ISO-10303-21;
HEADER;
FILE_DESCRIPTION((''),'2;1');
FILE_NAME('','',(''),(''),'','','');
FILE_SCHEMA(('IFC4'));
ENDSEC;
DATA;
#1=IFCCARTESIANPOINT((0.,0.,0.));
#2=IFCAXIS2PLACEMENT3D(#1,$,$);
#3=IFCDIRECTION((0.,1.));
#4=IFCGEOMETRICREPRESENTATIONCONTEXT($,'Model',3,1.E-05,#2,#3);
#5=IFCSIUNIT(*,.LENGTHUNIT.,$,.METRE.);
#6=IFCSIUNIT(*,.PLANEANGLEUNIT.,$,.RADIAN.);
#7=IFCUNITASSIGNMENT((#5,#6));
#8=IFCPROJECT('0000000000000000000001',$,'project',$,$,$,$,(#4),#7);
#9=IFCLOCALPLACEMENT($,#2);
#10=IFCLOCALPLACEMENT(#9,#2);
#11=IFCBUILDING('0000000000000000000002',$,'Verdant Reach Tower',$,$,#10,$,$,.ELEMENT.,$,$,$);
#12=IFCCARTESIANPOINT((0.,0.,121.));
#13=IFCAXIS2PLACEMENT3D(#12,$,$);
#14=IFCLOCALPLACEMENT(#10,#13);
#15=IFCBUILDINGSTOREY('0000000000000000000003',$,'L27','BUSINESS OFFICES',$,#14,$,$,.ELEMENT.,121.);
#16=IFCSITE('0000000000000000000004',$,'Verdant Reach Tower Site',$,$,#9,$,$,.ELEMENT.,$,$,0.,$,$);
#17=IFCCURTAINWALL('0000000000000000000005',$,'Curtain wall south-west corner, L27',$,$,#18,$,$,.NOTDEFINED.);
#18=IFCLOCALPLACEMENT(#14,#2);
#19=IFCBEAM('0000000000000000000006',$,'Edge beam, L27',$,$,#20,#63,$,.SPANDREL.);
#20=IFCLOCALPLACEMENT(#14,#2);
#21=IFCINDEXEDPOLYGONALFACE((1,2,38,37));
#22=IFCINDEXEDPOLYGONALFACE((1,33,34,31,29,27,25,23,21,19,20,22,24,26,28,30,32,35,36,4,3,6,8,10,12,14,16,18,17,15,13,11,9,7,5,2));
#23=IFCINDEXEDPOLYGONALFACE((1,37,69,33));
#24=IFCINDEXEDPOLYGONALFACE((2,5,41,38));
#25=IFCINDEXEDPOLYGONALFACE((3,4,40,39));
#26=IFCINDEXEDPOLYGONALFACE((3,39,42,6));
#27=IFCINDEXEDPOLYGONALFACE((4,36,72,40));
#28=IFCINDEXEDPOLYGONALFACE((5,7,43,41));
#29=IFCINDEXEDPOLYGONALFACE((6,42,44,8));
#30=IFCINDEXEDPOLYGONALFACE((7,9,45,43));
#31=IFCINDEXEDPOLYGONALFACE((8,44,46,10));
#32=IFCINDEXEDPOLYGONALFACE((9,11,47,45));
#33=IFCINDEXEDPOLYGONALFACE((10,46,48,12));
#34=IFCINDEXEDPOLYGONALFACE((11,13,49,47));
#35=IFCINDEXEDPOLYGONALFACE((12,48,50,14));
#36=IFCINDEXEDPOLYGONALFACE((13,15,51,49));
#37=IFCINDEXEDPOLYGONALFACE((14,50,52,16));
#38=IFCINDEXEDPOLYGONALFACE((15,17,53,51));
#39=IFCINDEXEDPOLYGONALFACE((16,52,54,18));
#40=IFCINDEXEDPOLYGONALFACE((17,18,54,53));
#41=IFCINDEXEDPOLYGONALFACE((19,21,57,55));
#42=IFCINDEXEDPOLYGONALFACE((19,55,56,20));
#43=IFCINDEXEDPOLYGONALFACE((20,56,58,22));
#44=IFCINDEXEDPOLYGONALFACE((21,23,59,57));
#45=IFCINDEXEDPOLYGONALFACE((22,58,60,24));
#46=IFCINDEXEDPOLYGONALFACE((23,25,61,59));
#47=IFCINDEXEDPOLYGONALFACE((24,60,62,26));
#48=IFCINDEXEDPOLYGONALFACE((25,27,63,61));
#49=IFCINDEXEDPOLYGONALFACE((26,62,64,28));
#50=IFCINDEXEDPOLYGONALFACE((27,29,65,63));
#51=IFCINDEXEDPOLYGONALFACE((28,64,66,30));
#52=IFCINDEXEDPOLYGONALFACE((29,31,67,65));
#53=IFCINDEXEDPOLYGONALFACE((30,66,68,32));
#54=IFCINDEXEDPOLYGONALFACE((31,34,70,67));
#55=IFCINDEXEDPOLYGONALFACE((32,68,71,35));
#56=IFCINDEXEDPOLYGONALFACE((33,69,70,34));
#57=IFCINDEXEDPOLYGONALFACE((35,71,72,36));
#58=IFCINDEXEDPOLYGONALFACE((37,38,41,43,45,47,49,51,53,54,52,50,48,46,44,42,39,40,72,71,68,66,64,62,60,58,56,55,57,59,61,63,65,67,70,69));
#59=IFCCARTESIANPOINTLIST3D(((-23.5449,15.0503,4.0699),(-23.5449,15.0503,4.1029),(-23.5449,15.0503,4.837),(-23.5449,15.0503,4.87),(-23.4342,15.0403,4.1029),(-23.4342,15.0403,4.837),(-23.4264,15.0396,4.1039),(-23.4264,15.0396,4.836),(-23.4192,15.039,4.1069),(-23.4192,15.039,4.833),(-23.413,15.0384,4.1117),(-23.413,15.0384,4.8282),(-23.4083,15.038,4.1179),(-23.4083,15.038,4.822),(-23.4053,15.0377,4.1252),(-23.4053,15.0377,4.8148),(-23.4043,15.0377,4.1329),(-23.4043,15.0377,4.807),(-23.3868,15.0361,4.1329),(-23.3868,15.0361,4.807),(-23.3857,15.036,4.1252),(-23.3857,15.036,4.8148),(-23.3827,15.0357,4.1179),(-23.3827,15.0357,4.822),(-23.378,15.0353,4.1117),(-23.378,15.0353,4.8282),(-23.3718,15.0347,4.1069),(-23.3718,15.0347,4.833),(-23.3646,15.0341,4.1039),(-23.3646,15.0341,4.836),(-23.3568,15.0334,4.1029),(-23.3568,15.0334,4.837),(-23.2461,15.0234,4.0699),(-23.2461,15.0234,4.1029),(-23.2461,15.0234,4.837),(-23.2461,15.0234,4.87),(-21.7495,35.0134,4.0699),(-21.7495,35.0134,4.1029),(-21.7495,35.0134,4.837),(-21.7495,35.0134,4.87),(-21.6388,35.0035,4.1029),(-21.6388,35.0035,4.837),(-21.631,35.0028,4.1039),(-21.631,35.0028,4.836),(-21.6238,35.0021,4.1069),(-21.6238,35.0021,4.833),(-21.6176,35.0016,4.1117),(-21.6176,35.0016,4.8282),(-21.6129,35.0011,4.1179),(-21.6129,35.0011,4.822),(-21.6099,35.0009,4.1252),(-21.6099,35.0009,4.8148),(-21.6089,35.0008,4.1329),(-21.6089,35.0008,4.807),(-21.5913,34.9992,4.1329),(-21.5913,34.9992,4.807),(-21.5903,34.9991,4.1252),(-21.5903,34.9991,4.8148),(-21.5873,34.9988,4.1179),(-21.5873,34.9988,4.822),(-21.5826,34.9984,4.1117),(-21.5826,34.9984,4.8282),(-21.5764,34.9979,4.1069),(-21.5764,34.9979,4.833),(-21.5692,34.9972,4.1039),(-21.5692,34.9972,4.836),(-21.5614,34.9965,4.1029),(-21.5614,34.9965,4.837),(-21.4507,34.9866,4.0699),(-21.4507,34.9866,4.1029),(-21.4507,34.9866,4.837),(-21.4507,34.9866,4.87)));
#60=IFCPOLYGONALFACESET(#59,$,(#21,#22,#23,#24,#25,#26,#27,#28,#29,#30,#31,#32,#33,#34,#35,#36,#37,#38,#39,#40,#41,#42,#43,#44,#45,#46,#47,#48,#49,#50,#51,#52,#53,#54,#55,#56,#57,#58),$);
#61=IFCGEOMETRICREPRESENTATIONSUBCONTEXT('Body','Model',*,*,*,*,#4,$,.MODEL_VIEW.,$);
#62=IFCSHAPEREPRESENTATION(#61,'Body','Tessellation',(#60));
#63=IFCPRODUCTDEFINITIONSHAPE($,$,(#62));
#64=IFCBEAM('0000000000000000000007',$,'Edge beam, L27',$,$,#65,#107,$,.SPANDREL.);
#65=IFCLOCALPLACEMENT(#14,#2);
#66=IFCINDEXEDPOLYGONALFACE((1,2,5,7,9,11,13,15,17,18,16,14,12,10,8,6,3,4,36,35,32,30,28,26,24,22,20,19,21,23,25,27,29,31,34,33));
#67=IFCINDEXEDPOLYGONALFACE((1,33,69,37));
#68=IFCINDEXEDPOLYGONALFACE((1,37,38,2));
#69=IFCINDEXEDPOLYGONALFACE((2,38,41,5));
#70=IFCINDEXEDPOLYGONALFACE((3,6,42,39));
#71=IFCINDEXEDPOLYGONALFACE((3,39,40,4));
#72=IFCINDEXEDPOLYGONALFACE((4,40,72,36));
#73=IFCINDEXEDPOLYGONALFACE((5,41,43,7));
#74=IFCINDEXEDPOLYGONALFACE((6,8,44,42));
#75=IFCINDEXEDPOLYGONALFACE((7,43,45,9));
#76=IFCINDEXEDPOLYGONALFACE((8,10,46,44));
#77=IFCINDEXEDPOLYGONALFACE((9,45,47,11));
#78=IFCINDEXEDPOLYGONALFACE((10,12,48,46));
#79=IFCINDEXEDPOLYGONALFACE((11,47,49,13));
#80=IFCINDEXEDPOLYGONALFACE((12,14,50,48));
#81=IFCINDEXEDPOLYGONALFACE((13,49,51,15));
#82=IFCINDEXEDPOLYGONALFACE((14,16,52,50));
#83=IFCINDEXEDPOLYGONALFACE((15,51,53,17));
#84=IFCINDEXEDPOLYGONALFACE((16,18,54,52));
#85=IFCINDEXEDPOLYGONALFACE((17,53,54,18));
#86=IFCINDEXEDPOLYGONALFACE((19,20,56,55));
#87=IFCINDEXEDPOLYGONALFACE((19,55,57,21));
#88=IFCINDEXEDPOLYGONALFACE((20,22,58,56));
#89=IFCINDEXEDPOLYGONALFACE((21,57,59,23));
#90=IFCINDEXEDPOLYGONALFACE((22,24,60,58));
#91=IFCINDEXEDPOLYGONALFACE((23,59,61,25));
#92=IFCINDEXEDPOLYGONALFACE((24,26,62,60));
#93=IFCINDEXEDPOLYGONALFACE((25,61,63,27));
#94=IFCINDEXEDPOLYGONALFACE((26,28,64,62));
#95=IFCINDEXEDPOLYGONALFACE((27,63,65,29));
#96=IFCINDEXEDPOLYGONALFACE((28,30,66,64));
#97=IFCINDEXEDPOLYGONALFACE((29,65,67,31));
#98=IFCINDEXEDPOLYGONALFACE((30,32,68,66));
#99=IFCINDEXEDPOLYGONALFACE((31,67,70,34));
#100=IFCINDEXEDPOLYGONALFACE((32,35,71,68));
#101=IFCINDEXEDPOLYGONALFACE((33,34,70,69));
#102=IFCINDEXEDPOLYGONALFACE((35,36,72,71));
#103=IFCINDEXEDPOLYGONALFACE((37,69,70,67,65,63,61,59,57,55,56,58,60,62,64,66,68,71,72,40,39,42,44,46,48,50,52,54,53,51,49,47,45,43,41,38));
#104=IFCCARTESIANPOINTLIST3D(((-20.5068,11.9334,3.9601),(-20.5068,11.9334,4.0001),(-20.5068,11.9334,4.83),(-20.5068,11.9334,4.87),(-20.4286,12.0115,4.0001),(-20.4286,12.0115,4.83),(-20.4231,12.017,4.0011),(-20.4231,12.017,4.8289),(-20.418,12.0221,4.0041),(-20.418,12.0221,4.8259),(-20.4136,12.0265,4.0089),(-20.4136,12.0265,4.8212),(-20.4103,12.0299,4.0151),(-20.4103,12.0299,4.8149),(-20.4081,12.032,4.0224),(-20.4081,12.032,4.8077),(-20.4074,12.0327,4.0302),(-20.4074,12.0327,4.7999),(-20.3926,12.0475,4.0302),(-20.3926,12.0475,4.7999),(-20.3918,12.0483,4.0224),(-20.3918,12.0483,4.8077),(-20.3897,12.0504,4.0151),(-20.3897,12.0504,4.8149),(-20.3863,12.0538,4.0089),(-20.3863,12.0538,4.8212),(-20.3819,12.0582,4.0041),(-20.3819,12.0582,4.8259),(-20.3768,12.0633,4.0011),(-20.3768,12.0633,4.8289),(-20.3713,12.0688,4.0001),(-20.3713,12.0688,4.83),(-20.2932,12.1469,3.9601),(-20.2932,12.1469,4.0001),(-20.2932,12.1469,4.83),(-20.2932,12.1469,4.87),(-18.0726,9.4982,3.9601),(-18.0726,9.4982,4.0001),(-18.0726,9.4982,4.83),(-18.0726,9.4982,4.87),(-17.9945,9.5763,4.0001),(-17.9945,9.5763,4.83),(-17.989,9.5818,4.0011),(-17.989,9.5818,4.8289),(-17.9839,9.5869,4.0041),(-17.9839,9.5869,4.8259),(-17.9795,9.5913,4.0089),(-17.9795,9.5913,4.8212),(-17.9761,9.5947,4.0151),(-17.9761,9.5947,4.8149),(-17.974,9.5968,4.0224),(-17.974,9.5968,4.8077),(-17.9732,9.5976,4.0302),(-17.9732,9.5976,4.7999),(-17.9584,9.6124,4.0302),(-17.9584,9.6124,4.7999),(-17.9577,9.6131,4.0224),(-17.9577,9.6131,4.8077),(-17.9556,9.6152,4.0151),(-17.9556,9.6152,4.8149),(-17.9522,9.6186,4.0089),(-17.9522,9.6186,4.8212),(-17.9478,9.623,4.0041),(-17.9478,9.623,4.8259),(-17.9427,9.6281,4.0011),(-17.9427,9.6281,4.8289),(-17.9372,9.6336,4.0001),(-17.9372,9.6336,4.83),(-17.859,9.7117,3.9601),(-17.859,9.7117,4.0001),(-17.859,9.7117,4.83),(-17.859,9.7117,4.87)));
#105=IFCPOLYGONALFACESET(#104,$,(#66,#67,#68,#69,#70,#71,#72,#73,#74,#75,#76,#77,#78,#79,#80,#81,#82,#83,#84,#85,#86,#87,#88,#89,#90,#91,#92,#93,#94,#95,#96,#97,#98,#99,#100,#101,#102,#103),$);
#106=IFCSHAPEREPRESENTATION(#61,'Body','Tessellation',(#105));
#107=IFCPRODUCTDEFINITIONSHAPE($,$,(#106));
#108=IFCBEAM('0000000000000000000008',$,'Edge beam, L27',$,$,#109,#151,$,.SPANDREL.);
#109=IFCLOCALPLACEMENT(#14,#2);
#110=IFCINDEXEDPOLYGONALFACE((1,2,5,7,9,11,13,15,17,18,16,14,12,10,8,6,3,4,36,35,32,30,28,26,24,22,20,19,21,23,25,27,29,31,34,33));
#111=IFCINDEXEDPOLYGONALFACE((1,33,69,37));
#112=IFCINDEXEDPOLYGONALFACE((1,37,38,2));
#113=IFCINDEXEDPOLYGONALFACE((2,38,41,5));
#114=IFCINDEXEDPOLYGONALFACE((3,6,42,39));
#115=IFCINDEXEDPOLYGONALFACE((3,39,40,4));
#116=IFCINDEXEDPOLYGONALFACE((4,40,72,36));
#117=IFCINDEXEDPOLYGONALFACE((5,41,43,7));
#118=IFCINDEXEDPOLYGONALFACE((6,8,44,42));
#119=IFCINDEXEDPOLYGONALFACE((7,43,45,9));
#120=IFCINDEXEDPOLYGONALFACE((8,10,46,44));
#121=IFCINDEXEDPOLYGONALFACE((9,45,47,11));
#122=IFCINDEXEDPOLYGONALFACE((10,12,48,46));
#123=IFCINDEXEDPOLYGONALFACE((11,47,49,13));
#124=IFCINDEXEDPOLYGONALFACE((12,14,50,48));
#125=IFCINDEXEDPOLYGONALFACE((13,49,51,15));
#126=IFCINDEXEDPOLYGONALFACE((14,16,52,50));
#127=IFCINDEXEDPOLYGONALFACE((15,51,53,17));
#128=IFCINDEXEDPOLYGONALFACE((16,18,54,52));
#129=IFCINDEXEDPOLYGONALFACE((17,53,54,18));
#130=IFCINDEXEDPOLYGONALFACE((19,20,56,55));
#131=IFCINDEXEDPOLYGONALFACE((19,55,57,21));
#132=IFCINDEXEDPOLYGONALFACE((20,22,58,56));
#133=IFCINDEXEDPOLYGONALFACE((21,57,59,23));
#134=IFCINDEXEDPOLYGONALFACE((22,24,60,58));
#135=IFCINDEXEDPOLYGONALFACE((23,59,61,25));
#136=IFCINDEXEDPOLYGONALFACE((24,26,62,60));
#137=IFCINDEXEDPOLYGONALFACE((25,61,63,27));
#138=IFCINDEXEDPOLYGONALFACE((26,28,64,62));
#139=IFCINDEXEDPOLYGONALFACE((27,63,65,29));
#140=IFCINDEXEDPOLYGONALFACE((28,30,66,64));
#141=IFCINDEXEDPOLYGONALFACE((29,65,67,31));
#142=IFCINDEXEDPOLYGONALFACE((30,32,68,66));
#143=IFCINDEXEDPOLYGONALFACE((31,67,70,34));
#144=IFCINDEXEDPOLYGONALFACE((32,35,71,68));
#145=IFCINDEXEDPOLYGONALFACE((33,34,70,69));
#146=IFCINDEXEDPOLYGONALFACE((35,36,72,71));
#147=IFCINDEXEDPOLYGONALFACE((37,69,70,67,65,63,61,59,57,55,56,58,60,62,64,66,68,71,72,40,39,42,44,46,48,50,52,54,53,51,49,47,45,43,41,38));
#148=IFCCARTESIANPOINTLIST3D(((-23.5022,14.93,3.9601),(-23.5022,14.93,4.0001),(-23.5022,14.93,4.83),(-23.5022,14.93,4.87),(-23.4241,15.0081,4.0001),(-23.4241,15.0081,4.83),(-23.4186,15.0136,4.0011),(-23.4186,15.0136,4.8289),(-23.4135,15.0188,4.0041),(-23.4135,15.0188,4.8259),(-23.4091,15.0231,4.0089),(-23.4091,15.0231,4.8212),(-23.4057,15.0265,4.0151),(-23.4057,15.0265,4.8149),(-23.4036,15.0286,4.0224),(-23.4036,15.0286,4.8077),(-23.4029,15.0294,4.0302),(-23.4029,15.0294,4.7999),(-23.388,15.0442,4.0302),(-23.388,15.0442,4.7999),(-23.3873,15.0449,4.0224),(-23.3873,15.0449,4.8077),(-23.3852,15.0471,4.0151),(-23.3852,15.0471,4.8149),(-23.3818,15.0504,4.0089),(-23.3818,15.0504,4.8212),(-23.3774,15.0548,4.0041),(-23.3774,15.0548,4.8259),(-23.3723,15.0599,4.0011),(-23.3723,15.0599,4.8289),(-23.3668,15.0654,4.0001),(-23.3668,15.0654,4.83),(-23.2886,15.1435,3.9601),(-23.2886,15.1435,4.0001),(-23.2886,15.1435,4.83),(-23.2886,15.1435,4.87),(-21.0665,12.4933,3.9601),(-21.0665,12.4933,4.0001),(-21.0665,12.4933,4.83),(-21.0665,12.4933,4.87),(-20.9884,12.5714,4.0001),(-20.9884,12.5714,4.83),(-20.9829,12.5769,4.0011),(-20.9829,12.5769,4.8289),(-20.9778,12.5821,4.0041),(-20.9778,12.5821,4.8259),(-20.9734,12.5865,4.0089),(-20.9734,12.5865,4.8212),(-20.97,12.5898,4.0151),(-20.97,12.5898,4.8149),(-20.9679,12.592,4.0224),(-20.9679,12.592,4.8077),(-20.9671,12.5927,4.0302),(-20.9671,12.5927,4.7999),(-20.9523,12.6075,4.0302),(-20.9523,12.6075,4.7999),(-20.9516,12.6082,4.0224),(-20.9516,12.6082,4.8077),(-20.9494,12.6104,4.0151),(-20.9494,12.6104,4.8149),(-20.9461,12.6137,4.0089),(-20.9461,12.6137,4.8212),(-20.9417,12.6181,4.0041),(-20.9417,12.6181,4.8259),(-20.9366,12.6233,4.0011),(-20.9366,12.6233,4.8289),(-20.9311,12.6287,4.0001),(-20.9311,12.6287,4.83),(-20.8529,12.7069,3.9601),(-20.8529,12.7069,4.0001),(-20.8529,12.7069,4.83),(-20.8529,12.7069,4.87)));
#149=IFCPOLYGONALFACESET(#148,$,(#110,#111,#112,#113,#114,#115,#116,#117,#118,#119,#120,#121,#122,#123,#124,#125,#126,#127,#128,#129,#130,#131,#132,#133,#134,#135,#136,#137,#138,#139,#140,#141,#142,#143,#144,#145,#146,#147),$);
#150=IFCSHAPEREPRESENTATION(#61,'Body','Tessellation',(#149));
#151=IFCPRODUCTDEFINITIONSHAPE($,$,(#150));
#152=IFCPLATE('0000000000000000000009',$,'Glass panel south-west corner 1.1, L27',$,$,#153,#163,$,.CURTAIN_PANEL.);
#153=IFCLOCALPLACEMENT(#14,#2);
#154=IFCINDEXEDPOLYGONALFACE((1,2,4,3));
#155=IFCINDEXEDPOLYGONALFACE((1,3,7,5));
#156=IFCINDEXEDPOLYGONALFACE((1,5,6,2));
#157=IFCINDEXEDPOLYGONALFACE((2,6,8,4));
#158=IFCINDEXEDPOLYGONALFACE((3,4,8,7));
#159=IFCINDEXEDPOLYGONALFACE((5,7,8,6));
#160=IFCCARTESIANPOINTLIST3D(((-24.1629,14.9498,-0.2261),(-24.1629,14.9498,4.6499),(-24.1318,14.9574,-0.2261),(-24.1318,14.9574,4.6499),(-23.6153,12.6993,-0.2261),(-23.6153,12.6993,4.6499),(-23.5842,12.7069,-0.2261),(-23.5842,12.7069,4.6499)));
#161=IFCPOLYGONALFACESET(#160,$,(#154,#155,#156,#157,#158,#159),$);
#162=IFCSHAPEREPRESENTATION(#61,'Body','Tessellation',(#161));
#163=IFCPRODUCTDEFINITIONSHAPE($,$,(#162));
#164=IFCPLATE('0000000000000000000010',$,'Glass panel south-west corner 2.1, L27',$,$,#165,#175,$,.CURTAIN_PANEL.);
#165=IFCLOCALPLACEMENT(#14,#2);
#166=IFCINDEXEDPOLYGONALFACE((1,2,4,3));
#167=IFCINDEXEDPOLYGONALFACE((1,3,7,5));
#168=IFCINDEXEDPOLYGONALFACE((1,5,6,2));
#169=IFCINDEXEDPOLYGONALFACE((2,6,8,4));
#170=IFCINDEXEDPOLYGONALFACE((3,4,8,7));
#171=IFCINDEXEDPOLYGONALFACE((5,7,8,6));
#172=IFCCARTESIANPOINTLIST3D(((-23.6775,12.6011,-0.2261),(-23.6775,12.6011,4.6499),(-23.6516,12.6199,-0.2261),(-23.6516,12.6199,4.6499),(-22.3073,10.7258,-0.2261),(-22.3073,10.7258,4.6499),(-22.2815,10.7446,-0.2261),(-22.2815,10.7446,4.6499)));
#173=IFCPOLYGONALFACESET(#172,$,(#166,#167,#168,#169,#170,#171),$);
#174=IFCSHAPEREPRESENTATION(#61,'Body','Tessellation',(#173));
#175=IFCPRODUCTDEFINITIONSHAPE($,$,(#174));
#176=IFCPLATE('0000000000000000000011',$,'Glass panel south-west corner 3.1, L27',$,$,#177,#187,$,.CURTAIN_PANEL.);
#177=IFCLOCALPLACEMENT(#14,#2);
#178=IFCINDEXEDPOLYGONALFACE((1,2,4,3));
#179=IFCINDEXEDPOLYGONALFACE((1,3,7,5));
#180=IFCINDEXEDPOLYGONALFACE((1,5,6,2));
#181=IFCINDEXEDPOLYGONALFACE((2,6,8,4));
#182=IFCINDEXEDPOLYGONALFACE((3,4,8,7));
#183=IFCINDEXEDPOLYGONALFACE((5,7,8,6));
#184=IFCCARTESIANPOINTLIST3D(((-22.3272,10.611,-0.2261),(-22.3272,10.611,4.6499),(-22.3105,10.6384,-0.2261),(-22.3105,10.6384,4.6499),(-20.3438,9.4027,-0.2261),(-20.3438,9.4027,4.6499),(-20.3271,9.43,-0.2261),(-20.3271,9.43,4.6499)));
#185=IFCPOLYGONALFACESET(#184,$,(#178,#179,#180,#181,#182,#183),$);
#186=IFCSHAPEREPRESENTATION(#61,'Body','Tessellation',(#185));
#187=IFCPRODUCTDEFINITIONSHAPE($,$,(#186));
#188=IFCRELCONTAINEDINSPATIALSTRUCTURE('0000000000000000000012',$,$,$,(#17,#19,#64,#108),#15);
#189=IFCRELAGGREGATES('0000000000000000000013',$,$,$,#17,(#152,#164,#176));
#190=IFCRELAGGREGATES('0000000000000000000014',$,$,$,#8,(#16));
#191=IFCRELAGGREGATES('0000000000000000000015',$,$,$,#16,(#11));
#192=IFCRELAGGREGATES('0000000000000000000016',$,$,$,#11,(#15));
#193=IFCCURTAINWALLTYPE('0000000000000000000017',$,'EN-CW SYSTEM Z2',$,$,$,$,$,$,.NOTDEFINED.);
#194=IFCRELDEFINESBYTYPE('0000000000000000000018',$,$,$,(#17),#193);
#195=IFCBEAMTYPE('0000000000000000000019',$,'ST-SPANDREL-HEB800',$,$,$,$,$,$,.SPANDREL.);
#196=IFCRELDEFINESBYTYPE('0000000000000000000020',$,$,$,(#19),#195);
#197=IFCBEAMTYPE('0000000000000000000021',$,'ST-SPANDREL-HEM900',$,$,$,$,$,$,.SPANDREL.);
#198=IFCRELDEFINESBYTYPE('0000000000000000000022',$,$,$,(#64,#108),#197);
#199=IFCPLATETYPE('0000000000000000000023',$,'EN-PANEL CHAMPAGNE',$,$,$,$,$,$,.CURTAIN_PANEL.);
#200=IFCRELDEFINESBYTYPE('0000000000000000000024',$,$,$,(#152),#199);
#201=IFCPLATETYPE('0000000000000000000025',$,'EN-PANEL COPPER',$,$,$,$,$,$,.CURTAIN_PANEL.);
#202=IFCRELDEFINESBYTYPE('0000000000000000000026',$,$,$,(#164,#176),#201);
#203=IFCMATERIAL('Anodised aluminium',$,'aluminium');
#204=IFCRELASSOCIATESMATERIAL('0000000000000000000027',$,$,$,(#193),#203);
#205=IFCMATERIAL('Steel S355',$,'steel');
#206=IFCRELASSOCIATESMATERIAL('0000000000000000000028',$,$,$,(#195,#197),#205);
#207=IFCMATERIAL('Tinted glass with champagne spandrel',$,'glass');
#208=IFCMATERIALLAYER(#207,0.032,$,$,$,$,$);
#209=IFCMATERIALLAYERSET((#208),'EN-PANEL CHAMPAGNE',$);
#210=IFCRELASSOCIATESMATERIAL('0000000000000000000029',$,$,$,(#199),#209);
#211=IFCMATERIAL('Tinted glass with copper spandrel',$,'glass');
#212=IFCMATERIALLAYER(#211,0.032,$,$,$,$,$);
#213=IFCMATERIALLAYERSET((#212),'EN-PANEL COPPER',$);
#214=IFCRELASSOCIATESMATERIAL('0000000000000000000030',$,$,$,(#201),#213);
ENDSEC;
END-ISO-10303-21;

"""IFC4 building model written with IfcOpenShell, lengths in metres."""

from ifc_helpers import new_model, si_unit, direction, frame, origin, origin_2d, place, context, subcontext, project, spatial, rectangle, i_section, extrude, material, layer, layer_set, material_profile, profile_set, type_object, element, aggregate, save


model = new_model("IFC4")

# Units and contexts
model_context = context("Model", 3, precision=1e-05, world=origin(), true_north=direction((0.0, 1.0)))
body_context = subcontext(model_context, "Body", "Model", "MODEL_VIEW")
ifc_project = project(units=[si_unit("LENGTHUNIT", "METRE"), si_unit("PLANEANGLEUNIT", "RADIAN")], contexts=[model_context])

# Site, building, storey
site_placement = place(None, origin())
site = spatial("IfcSite", under=ifc_project, at=site_placement, Name="Verdant Reach Tower Site", CompositionType="ELEMENT", RefElevation=0.0)
building_placement = place(site_placement, origin())
building = spatial("IfcBuilding", under=site, at=building_placement, Name="Verdant Reach Tower", CompositionType="ELEMENT")
storey_placement = place(building_placement, frame((0.0, 0.0, 121.0)))
storey = spatial("IfcBuildingStorey", under=building, at=storey_placement, Name="L27", Description="BUSINESS OFFICES", CompositionType="ELEMENT", Elevation=121.0)

# Curtain wall
ifc_material_1 = material(Name="Anodised aluminium", Category="aluminium")
curtain_wall_type = type_object("IfcCurtainWallType", Name="EN-CW SYSTEM Z2", PredefinedType="NOTDEFINED", material=ifc_material_1)
curtain_wall_1_placement = place(storey_placement, origin())
curtain_wall_1 = element("IfcCurtainWall", 1, at=curtain_wall_1_placement, inside=storey, type_object=curtain_wall_type, Name="Curtain wall south-west corner, L27", PredefinedType="NOTDEFINED")

# Beams
ifc_material_2 = material(Name="Steel S355", Category="steel")
ifc_material_profile_1 = material_profile(ifc_material_2, i_section(OverallWidth=0.3, OverallDepth=0.8, WebThickness=0.0176, FlangeThickness=0.033, FilletRadius=0.03, at=origin_2d()), Name="HEB 800")
ifc_profile_set_1 = profile_set([ifc_material_profile_1], Name="Steel S355")
beam_type_1 = type_object("IfcBeamType", Name="ST-SPANDREL-HEB800", PredefinedType="SPANDREL", material=ifc_profile_set_1)
beam_1_placement = place(storey_placement, frame((-23.3955, 15.0369, 4.47), z_axis=(0.089575, 0.99598, 0.0), x_axis=(-0.99598, 0.089575, 0.0)))
element("IfcBeam", 2, at=beam_1_placement, inside=storey, type_object=beam_type_1, Name="Edge beam, L27", PredefinedType="SPANDREL", context=body_context, shape_type="SweptSolid", body=[
    extrude(i_section(OverallWidth=0.3, OverallDepth=0.8, WebThickness=0.0176, FlangeThickness=0.033, FilletRadius=0.03, at=origin_2d()), origin(), (0.0, 0.0, 1.0), 20.0437),
])
ifc_material_profile_2 = material_profile(ifc_material_2, i_section(OverallWidth=0.302, OverallDepth=0.9099, WebThickness=0.021, FlangeThickness=0.04, FilletRadius=0.03, at=origin_2d()), Name="HEM 900")
ifc_profile_set_2 = profile_set([ifc_material_profile_2], Name="Steel S355")
beam_type_2 = type_object("IfcBeamType", Name="ST-SPANDREL-HEM900", PredefinedType="SPANDREL", material=ifc_profile_set_2)
beam_2_placement = place(storey_placement, frame((-17.9658, 9.605, 4.415), z_axis=(-0.706965, 0.707249, 0.0), x_axis=(-0.707249, -0.706965, 0.0)))
element("IfcBeam", 3, at=beam_2_placement, inside=storey, type_object=beam_type_2, Name="Edge beam, L27", PredefinedType="SPANDREL", context=body_context, shape_type="SweptSolid", body=[
    extrude(i_section(OverallWidth=0.302, OverallDepth=0.9099, WebThickness=0.021, FlangeThickness=0.04, FilletRadius=0.03, at=origin_2d()), origin(), (0.0, 0.0, 1.0), 3.4431),
])
beam_3_placement = place(storey_placement, frame((-20.9597, 12.6001, 4.415), z_axis=(-0.706965, 0.707248, 0.0), x_axis=(-0.707248, -0.706965, 0.0)))
element("IfcBeam", 4, at=beam_3_placement, inside=storey, type_object=beam_type_2, Name="Edge beam, L27", PredefinedType="SPANDREL", context=body_context, shape_type="SweptSolid", body=[
    extrude(i_section(OverallWidth=0.302, OverallDepth=0.9099, WebThickness=0.021, FlangeThickness=0.04, FilletRadius=0.03, at=origin_2d()), origin(), (0.0, 0.0, 1.0), 3.4453),
])

# Plates
ifc_material_3 = material(Name="Tinted glass with champagne spandrel", Category="glass")
ifc_layer_1 = layer(ifc_material_3, 0.032)
ifc_layer_set_1 = layer_set([ifc_layer_1], Name="EN-PANEL CHAMPAGNE")
plate_type_1 = type_object("IfcPlateType", Name="EN-PANEL CHAMPAGNE", PredefinedType="CURTAIN_PANEL", material=ifc_layer_set_1)
plate_1_placement = place(storey_placement, frame((-23.8735, 13.8284, -0.2261), z_axis=(0.0, 0.0, 1.0), x_axis=(0.236416, -0.971652, 0.0)))
plate_1 = element("IfcPlate", 5, at=plate_1_placement, type_object=plate_type_1, Name="Glass panel south-west corner 1.1, L27", PredefinedType="CURTAIN_PANEL", context=body_context, shape_type="SweptSolid", body=[
    extrude(rectangle(XDim=2.3162, YDim=0.032, at=origin_2d()), origin(), (0.0, 0.0, 1.0), 4.876),
])
ifc_material_4 = material(Name="Tinted glass with copper spandrel", Category="glass")
ifc_layer_2 = layer(ifc_material_4, 0.032)
ifc_layer_set_2 = layer_set([ifc_layer_2], Name="EN-PANEL COPPER")
plate_type_2 = type_object("IfcPlateType", Name="EN-PANEL COPPER", PredefinedType="CURTAIN_PANEL", material=ifc_layer_set_2)
plate_2_placement = place(storey_placement, frame((-22.9795, 11.6729, -0.2261), z_axis=(0.0, 0.0, 1.0), x_axis=(0.589927, -0.807457, 0.0)))
plate_2 = element("IfcPlate", 6, at=plate_2_placement, type_object=plate_type_2, Name="Glass panel south-west corner 2.1, L27", PredefinedType="CURTAIN_PANEL", context=body_context, shape_type="SweptSolid", body=[
    extrude(rectangle(XDim=2.3225, YDim=0.032, at=origin_2d()), origin(), (0.0, 0.0, 1.0), 4.876),
])
plate_3_placement = place(storey_placement, frame((-21.3271, 10.0205, -0.2261), z_axis=(0.0, 0.0, 1.0), x_axis=(0.853989, -0.520292, 0.0)))
plate_3 = element("IfcPlate", 7, at=plate_3_placement, type_object=plate_type_2, Name="Glass panel south-west corner 3.1, L27", PredefinedType="CURTAIN_PANEL", context=body_context, shape_type="SweptSolid", body=[
    extrude(rectangle(XDim=2.3225, YDim=0.032, at=origin_2d()), origin(), (0.0, 0.0, 1.0), 4.876),
])

aggregate(curtain_wall_1, [plate_1, plate_2, plate_3])

save(model, "model.ifc")
